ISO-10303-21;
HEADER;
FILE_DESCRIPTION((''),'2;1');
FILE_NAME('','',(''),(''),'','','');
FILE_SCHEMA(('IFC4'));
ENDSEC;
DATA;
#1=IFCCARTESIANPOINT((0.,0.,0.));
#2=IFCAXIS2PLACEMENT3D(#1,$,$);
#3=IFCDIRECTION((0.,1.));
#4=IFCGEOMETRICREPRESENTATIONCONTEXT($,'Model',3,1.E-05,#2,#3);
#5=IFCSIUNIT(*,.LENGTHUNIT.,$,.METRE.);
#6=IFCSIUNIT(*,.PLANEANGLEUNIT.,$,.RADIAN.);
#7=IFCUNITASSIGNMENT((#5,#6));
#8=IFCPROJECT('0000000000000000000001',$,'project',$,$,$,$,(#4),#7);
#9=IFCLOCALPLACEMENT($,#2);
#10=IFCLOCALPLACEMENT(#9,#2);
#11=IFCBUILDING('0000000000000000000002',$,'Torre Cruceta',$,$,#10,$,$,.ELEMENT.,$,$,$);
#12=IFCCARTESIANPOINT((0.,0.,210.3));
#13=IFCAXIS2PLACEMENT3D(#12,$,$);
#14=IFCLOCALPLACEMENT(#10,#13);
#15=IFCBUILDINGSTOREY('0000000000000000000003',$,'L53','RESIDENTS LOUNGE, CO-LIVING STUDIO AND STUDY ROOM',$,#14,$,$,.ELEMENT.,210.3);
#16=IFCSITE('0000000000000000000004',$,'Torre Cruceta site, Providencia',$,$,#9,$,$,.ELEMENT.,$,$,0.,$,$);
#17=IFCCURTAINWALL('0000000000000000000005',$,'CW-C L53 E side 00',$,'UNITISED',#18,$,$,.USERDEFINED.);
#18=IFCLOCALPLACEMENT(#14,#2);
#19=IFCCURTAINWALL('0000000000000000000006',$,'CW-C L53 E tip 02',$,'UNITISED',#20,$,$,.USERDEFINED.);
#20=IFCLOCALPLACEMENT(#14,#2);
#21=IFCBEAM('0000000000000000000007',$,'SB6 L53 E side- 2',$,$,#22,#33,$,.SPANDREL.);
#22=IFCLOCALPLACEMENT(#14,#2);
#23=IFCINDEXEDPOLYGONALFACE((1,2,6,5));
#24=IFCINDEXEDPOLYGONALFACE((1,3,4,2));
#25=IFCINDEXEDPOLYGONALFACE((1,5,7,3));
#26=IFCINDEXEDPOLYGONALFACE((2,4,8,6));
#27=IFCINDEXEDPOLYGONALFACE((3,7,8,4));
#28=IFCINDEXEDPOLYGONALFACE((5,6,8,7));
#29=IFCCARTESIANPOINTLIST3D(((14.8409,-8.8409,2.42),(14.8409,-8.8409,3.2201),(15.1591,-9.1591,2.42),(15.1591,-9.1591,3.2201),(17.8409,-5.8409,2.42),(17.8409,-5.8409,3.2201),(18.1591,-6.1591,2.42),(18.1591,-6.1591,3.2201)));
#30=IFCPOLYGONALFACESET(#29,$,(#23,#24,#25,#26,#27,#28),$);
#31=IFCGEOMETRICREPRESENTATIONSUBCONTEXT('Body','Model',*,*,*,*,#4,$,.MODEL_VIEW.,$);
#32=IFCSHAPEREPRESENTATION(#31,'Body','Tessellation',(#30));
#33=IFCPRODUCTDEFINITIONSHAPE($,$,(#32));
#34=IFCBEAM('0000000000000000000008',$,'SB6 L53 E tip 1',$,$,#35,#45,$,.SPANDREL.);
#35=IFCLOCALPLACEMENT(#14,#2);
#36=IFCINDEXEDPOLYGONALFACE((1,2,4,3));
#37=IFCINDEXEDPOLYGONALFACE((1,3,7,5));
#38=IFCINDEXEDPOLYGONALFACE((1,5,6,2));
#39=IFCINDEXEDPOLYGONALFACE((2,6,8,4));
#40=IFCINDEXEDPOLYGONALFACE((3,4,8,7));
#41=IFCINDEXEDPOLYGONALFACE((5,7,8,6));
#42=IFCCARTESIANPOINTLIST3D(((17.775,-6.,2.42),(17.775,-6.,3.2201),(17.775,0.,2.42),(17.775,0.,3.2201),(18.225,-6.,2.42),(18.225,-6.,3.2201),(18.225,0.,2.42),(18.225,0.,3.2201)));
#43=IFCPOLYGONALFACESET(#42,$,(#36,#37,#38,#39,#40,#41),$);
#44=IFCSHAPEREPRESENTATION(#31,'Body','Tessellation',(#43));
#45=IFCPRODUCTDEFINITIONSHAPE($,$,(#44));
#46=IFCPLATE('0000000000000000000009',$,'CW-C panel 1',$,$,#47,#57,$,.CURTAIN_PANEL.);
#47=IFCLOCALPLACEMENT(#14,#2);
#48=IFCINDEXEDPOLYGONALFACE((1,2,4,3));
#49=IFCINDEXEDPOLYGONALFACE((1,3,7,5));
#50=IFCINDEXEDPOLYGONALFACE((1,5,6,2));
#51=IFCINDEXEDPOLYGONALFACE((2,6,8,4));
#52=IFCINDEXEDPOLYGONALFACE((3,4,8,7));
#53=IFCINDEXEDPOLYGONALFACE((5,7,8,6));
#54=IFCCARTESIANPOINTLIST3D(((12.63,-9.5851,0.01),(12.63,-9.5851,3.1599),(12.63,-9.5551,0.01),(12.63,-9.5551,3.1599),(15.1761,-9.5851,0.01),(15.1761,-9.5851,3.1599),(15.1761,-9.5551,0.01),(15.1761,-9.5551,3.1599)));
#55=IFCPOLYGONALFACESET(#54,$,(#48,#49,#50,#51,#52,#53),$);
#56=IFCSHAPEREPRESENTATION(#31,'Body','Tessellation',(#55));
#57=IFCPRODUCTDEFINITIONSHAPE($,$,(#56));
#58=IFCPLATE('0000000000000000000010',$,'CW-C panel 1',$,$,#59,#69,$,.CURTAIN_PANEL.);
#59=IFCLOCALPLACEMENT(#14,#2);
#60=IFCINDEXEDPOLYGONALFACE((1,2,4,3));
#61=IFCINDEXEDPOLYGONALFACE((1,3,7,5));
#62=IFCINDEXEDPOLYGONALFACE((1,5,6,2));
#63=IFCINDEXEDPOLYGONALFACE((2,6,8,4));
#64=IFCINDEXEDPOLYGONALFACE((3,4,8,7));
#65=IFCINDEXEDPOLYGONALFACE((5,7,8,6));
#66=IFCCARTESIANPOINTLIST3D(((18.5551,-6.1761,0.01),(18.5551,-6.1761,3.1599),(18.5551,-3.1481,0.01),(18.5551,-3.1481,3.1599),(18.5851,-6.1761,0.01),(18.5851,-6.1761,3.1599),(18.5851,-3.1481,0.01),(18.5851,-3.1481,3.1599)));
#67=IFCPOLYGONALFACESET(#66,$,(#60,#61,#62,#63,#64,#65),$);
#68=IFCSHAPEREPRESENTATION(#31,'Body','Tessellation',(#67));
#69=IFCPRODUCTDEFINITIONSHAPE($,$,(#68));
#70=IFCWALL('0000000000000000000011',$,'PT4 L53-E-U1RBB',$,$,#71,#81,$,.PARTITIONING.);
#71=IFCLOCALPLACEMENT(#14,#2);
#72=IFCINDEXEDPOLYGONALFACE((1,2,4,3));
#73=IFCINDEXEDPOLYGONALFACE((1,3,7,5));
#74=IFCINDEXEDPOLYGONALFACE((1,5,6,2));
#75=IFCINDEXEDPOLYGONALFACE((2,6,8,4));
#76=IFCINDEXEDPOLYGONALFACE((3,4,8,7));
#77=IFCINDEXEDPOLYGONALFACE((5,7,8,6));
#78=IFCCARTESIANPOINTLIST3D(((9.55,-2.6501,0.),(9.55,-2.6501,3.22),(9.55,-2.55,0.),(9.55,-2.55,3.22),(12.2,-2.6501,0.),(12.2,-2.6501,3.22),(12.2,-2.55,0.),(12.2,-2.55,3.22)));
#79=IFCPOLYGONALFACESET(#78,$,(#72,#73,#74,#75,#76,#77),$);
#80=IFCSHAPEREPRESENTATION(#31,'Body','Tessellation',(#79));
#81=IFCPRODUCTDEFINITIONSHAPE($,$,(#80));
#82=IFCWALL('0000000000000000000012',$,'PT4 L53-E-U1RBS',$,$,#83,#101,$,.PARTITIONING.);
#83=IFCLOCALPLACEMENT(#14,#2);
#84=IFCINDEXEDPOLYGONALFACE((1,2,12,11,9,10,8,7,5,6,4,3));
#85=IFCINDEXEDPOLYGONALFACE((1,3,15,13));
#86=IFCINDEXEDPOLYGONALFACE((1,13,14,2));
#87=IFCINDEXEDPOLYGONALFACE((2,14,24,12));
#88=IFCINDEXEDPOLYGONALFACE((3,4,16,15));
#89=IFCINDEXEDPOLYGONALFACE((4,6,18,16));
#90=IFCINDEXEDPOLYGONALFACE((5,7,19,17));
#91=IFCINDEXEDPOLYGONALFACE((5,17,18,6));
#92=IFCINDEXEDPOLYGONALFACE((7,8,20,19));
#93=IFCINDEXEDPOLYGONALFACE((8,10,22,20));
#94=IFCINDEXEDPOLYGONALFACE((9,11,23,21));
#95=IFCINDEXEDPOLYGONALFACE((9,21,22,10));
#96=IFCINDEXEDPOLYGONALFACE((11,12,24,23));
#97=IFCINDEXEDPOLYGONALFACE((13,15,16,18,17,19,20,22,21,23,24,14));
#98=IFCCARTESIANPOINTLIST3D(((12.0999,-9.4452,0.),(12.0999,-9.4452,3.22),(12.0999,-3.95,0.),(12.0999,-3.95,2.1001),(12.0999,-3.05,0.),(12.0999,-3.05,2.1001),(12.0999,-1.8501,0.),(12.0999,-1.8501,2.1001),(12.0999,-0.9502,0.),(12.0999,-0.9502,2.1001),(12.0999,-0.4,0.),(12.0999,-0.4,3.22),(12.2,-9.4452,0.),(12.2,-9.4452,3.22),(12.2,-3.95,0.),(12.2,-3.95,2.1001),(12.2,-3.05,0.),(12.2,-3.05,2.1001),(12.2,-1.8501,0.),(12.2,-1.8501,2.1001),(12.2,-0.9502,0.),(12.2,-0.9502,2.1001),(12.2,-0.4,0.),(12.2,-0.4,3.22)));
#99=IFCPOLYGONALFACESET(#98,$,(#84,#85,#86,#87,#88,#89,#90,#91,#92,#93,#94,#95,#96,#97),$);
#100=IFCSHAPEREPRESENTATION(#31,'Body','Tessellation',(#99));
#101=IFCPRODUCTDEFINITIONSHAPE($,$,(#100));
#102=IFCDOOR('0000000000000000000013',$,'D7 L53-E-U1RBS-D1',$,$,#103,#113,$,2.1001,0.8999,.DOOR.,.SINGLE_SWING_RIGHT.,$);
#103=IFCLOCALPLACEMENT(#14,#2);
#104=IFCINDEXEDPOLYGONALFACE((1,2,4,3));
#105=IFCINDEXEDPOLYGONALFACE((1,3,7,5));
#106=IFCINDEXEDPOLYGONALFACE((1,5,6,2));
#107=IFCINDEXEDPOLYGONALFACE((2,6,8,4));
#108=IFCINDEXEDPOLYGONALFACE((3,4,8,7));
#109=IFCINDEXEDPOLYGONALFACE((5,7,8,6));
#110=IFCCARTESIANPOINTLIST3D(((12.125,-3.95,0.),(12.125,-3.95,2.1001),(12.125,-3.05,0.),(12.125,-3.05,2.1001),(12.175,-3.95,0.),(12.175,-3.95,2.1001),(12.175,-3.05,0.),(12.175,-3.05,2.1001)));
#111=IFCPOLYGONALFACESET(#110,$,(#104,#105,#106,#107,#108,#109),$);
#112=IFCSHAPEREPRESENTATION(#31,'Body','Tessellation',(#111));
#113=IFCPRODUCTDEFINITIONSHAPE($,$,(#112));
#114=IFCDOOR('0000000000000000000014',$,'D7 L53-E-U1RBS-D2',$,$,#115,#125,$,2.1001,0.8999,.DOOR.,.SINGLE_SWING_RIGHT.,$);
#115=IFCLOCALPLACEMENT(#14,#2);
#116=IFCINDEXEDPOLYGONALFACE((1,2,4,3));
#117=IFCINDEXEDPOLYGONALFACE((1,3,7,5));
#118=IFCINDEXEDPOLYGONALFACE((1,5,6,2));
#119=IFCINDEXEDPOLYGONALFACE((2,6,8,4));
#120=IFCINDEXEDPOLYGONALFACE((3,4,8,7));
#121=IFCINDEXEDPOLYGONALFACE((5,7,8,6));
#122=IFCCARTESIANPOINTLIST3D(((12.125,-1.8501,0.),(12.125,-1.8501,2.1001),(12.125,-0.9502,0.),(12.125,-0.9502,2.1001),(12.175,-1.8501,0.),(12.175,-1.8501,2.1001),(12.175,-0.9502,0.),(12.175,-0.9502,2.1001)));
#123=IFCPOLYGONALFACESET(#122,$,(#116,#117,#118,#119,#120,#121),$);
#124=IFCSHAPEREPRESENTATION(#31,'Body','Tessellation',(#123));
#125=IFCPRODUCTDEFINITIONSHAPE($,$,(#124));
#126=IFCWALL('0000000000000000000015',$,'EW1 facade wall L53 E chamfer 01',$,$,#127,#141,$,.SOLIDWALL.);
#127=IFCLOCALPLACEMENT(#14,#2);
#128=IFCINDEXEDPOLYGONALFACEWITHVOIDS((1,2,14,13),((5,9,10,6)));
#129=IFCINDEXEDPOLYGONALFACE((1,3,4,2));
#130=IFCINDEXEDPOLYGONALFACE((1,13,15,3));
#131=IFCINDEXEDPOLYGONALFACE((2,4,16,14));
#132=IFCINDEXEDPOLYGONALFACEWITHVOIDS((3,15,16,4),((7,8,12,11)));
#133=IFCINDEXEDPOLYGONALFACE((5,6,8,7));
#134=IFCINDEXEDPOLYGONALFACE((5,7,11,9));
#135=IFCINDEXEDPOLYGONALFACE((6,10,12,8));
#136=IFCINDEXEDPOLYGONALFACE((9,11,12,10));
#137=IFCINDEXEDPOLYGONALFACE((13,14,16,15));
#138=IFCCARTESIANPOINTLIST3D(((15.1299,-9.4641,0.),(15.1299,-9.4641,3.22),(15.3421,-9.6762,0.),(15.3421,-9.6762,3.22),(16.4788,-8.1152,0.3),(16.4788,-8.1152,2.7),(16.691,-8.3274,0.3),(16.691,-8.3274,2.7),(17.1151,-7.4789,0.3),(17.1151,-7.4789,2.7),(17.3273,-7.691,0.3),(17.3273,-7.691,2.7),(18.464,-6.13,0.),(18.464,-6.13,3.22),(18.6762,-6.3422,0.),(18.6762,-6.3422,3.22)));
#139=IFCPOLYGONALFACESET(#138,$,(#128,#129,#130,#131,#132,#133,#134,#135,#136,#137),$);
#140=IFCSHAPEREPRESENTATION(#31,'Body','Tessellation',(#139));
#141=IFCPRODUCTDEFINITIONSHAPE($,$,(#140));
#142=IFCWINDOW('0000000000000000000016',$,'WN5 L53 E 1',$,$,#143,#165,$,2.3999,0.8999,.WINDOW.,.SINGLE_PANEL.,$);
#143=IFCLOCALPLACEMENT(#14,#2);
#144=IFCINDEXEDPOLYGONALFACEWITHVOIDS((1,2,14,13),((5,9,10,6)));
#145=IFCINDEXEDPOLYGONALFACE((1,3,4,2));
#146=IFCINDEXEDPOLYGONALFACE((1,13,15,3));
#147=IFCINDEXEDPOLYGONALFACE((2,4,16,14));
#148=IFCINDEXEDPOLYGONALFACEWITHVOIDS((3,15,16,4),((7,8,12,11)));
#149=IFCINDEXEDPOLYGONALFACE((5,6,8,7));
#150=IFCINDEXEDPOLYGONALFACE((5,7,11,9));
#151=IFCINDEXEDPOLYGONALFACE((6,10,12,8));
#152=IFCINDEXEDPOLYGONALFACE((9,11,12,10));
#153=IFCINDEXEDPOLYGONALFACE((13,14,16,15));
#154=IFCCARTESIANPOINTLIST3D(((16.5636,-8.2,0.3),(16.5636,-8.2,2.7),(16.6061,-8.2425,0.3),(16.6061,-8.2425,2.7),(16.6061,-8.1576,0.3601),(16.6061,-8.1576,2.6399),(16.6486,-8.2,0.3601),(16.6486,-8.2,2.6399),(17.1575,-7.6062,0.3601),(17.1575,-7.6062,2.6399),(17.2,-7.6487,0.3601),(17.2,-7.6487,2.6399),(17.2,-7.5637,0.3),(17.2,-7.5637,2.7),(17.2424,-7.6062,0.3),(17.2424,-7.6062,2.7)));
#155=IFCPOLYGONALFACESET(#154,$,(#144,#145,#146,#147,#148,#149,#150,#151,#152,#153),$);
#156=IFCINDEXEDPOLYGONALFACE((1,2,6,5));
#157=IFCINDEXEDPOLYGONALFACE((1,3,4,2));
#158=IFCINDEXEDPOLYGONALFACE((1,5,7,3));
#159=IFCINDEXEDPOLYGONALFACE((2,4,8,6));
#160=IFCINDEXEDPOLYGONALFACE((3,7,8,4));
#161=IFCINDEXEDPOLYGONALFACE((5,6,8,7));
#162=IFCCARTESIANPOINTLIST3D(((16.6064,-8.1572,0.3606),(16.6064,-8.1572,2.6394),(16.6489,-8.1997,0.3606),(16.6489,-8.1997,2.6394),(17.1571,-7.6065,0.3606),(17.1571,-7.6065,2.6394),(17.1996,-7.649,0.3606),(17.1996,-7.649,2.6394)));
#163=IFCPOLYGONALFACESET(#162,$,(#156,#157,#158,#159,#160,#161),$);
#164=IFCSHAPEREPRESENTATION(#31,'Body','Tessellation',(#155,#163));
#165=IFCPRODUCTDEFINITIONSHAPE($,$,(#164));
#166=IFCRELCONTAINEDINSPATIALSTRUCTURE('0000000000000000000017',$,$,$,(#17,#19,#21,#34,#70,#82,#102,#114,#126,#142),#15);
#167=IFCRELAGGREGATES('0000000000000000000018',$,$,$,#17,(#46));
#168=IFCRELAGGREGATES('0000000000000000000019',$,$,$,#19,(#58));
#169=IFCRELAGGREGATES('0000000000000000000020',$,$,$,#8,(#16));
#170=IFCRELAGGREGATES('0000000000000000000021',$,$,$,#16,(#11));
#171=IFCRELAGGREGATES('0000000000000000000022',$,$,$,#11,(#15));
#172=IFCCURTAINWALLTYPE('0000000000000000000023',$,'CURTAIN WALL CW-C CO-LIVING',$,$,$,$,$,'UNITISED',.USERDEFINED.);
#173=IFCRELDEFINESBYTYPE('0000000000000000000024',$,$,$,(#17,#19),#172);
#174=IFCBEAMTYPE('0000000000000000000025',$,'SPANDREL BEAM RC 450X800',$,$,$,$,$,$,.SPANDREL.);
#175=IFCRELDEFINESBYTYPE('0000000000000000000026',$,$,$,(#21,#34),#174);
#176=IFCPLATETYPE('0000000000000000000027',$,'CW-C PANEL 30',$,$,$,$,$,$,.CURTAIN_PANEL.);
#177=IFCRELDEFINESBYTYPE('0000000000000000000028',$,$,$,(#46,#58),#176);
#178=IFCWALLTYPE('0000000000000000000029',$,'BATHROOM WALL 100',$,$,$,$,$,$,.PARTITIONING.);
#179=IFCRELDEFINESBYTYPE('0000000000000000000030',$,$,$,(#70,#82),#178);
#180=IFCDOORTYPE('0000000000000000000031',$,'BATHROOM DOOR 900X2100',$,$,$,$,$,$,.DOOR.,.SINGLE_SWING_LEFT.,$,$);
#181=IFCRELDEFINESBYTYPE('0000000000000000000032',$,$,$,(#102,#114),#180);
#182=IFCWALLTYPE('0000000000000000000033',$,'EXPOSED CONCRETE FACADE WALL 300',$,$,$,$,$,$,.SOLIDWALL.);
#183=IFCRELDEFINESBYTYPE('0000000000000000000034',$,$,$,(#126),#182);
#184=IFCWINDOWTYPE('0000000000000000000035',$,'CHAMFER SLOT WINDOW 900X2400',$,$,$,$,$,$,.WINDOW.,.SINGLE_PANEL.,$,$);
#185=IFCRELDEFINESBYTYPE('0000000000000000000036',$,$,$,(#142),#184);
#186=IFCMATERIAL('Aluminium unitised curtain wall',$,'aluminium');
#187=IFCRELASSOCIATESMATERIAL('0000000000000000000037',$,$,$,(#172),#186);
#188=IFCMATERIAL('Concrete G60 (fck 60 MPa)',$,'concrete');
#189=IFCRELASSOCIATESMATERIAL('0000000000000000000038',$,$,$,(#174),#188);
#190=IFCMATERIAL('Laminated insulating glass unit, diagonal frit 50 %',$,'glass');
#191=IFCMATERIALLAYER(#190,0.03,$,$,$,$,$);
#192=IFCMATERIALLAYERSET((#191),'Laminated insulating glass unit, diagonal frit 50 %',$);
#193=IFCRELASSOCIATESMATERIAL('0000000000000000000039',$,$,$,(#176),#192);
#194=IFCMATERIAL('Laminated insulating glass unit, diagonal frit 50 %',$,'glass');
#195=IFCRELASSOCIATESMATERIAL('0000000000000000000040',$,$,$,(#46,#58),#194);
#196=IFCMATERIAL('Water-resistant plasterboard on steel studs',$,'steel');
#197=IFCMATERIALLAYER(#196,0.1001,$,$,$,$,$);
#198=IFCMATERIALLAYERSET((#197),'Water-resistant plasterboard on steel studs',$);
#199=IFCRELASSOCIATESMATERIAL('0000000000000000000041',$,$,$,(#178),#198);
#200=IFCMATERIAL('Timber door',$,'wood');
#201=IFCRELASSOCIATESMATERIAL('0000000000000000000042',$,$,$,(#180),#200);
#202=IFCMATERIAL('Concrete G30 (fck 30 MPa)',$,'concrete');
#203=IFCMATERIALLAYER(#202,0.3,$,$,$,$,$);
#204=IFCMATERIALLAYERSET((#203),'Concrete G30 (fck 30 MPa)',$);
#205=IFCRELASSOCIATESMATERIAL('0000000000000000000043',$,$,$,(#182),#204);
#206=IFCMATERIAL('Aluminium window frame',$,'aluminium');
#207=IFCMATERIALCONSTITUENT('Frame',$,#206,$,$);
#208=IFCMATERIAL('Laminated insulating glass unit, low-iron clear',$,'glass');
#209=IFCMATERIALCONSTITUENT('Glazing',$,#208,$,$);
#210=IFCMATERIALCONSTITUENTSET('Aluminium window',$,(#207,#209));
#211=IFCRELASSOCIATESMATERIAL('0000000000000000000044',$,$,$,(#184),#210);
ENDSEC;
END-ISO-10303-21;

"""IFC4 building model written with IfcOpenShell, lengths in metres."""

from ifc_helpers import new_model, si_unit, direction, frame, frame_2d, origin, origin_2d, place, context, subcontext, project, spatial, rectangle, hollow_rectangle, extrude, material, layer, layer_set, constituent, constituent_set, material_profile, profile_set, type_object, element, fill, aggregate, save


model = new_model("IFC4")

# Units and contexts
model_context = context("Model", 3, precision=1e-05, world=origin(), true_north=direction((0.0, 1.0)))
body_context = subcontext(model_context, "Body", "Model", "MODEL_VIEW")
ifc_project = project(units=[si_unit("LENGTHUNIT", "METRE"), si_unit("PLANEANGLEUNIT", "RADIAN")], contexts=[model_context])

# Site, building, storey
site_placement = place(None, origin())
site = spatial("IfcSite", under=ifc_project, at=site_placement, Name="Torre Cruceta site, Providencia", CompositionType="ELEMENT", RefElevation=0.0)
building_placement = place(site_placement, origin())
building = spatial("IfcBuilding", under=site, at=building_placement, Name="Torre Cruceta", CompositionType="ELEMENT")
storey_placement = place(building_placement, frame((0.0, 0.0, 210.3)))
storey = spatial("IfcBuildingStorey", under=building, at=storey_placement, Name="L53", Description="RESIDENTS LOUNGE, CO-LIVING STUDIO AND STUDY ROOM", CompositionType="ELEMENT", Elevation=210.3)

# Curtain walls
ifc_material_1 = material(Name="Aluminium unitised curtain wall", Category="aluminium")
curtain_wall_type = type_object("IfcCurtainWallType", Name="CURTAIN WALL CW-C CO-LIVING", ElementType="UNITISED", PredefinedType="USERDEFINED", material=ifc_material_1)
curtain_wall_1_placement = place(storey_placement, origin())
curtain_wall_1 = element("IfcCurtainWall", 1, at=curtain_wall_1_placement, inside=storey, type_object=curtain_wall_type, Name="CW-C L53 E side 00", ObjectType="UNITISED", PredefinedType="USERDEFINED")
curtain_wall_2_placement = place(storey_placement, origin())
curtain_wall_2 = element("IfcCurtainWall", 2, at=curtain_wall_2_placement, inside=storey, type_object=curtain_wall_type, Name="CW-C L53 E tip 02", ObjectType="UNITISED", PredefinedType="USERDEFINED")

# Beams
ifc_material_2 = material(Name="Concrete G60 (fck 60 MPa)", Category="concrete")
ifc_material_profile_1 = material_profile(ifc_material_2, rectangle(XDim=0.45, YDim=0.8, at=origin_2d()), Name="RC 450X800")
ifc_profile_set_1 = profile_set([ifc_material_profile_1], Name="Concrete G60 (fck 60 MPa)")
beam_type_1 = type_object("IfcBeamType", Name="SPANDREL BEAM RC 450X800", PredefinedType="SPANDREL", material=ifc_profile_set_1)
beam_1_placement = place(storey_placement, frame((15.0, -9.0, 2.8201), z_axis=(0.707107, 0.707107, 0.0), x_axis=(-0.707107, 0.707107, 0.0)))
element("IfcBeam", 3, at=beam_1_placement, inside=storey, type_object=beam_type_1, Name="SB6 L53 E side- 2", PredefinedType="SPANDREL", context=body_context, shape_type="SweptSolid", body=[
    extrude(rectangle(XDim=0.45, YDim=0.8, at=origin_2d()), origin(), (0.0, 0.0, 1.0), 4.2427),
])
beam_2_placement = place(storey_placement, frame((18.0, -6.0, 2.8201), z_axis=(0.0, 1.0, 0.0), x_axis=(-1.0, 0.0, 0.0)))
element("IfcBeam", 4, at=beam_2_placement, inside=storey, type_object=beam_type_1, Name="SB6 L53 E tip 1", PredefinedType="SPANDREL", context=body_context, shape_type="SweptSolid", body=[
    extrude(rectangle(XDim=0.45, YDim=0.8, at=origin_2d()), origin(), (0.0, 0.0, 1.0), 6.0),
])

# Plates
ifc_material_3 = material(Name="Laminated insulating glass unit, diagonal frit 50 %", Category="glass")
ifc_material_4 = material(Name="Laminated insulating glass unit, diagonal frit 50 %", Category="glass")
ifc_layer_1 = layer(ifc_material_4, 0.03)
ifc_layer_set_1 = layer_set([ifc_layer_1], Name="Laminated insulating glass unit, diagonal frit 50 %")
plate_type = type_object("IfcPlateType", Name="CW-C PANEL 30", PredefinedType="CURTAIN_PANEL", material=ifc_layer_set_1)
plate_1_placement = place(storey_placement, frame((13.9031, -9.5701, 0.01), z_axis=(0.0, 0.0, 1.0), x_axis=(1.0, 0.0, 0.0)))
plate_1 = element("IfcPlate", 5, at=plate_1_placement, type_object=plate_type, material=ifc_material_3, Name="CW-C panel 1", PredefinedType="CURTAIN_PANEL", context=body_context, shape_type="SweptSolid", body=[
    extrude(rectangle(XDim=2.5461, YDim=0.03, at=origin_2d()), origin(), (0.0, 0.0, 1.0), 3.1499),
])
aggregate(curtain_wall_1, [plate_1])
plate_2_placement = place(storey_placement, frame((18.5701, -4.6621, 0.01), z_axis=(0.0, 0.0, 1.0), x_axis=(0.0, 1.0, 0.0)))
plate_2 = element("IfcPlate", 6, at=plate_2_placement, type_object=plate_type, material=ifc_material_3, Name="CW-C panel 1", PredefinedType="CURTAIN_PANEL", context=body_context, shape_type="SweptSolid", body=[
    extrude(rectangle(XDim=3.0281, YDim=0.03, at=origin_2d()), origin(), (0.0, 0.0, 1.0), 3.1499),
])
aggregate(curtain_wall_2, [plate_2])

# Wall
ifc_material_5 = material(Name="Water-resistant plasterboard on steel studs", Category="steel")
ifc_layer_2 = layer(ifc_material_5, 0.1001)
ifc_layer_set_2 = layer_set([ifc_layer_2], Name="Water-resistant plasterboard on steel studs")
wall_type_1 = type_object("IfcWallType", Name="BATHROOM WALL 100", PredefinedType="PARTITIONING", material=ifc_layer_set_2)
wall_1_placement = place(storey_placement, frame((9.55, -2.6001, 0.0), z_axis=(0.0, 0.0, 1.0), x_axis=(1.0, 0.0, 0.0)))
element("IfcWall", 7, at=wall_1_placement, inside=storey, type_object=wall_type_1, Name="PT4 L53-E-U1RBB", PredefinedType="PARTITIONING", context=body_context, shape_type="SweptSolid", body=[
    extrude(rectangle(XDim=2.6499, YDim=0.1001, at=frame_2d((1.325, 0.0))), origin(), (0.0, 0.0, 1.0), 3.22),
])

# Wall, openings, doors
wall_2_placement = place(storey_placement, frame((12.1499, -9.4451, 0.0), z_axis=(0.0, 0.0, 1.0), x_axis=(0.0, 1.0, 0.0)))
wall_2 = element("IfcWall", 8, at=wall_2_placement, inside=storey, type_object=wall_type_1, Name="PT4 L53-E-U1RBS", PredefinedType="PARTITIONING", context=body_context, shape_type="SweptSolid", body=[
    extrude(rectangle(XDim=9.0452, YDim=0.1001, at=frame_2d((4.5225, 0.0))), origin(), (0.0, 0.0, 1.0), 3.22),
])
opening_1_placement = place(wall_2_placement, frame((5.4951, 0.0, 0.0)))
opening_1 = element("IfcOpeningElement", 9, at=opening_1_placement, cuts=wall_2, PredefinedType="OPENING", context=body_context, shape_type="SweptSolid", body=[
    extrude(rectangle(XDim=0.8999, YDim=2.1001, at=frame_2d((0.45, 1.05))), frame((0.0, 0.0601, 0.0), z_axis=(0.0, -1.0, 0.0), x_axis=(1.0, 0.0, 0.0)), (0.0, 0.0, 1.0), 0.1201),
])
opening_2_placement = place(wall_2_placement, frame((7.595, 0.0, 0.0)))
opening_2 = element("IfcOpeningElement", 10, at=opening_2_placement, cuts=wall_2, PredefinedType="OPENING", context=body_context, shape_type="SweptSolid", body=[
    extrude(rectangle(XDim=0.8999, YDim=2.1001, at=frame_2d((0.45, 1.05))), frame((0.0, 0.0601, 0.0), z_axis=(0.0, -1.0, 0.0), x_axis=(1.0, 0.0, 0.0)), (0.0, 0.0, 1.0), 0.1201),
])
ifc_material_6 = material(Name="Timber door", Category="wood")
door_type_1 = type_object("IfcDoorType", Name="BATHROOM DOOR 900X2100", OperationType="SINGLE_SWING_LEFT", PredefinedType="DOOR", material=ifc_material_6)
door_1_placement = place(opening_1_placement, origin())
door_1 = element("IfcDoor", 11, at=door_1_placement, inside=storey, type_object=door_type_1, Name="D7 L53-E-U1RBS-D1", OperationType="SINGLE_SWING_RIGHT", OverallHeight=2.1001, OverallWidth=0.8999, PredefinedType="DOOR", context=body_context, shape_type="SweptSolid", body=[
    extrude(rectangle(XDim=0.8999, YDim=2.1001, at=frame_2d((0.45, 1.05))), frame((0.0, 0.0249, 0.0), z_axis=(0.0, -1.0, 0.0), x_axis=(1.0, 0.0, 0.0)), (0.0, 0.0, 1.0), 0.05),
])
fill(opening_1, door_1)
door_2_placement = place(opening_2_placement, origin())
door_2 = element("IfcDoor", 12, at=door_2_placement, inside=storey, type_object=door_type_1, Name="D7 L53-E-U1RBS-D2", OperationType="SINGLE_SWING_RIGHT", OverallHeight=2.1001, OverallWidth=0.8999, PredefinedType="DOOR", context=body_context, shape_type="SweptSolid", body=[
    extrude(rectangle(XDim=0.8999, YDim=2.1001, at=frame_2d((0.45, 1.05))), frame((0.0, 0.0249, 0.0), z_axis=(0.0, -1.0, 0.0), x_axis=(1.0, 0.0, 0.0)), (0.0, 0.0, 1.0), 0.05),
])
fill(opening_2, door_2)

# Wall, opening, window
ifc_material_7 = material(Name="Concrete G30 (fck 30 MPa)", Category="concrete")
ifc_layer_3 = layer(ifc_material_7, 0.3)
ifc_layer_set_3 = layer_set([ifc_layer_3], Name="Concrete G30 (fck 30 MPa)")
wall_type_2 = type_object("IfcWallType", Name="EXPOSED CONCRETE FACADE WALL 300", PredefinedType="SOLIDWALL", material=ifc_layer_set_3)
wall_3_placement = place(storey_placement, frame((15.2361, -9.5701, 0.0), z_axis=(0.0, 0.0, 1.0), x_axis=(0.707107, 0.707107, 0.0)))
wall_3 = element("IfcWall", 13, at=wall_3_placement, inside=storey, type_object=wall_type_2, Name="EW1 facade wall L53 E chamfer 01", PredefinedType="SOLIDWALL", context=body_context, shape_type="SweptSolid", body=[
    extrude(rectangle(XDim=4.7151, YDim=0.3, at=frame_2d((2.3574, 0.0))), origin(), (0.0, 0.0, 1.0), 3.22),
])
opening_3_placement = place(wall_3_placement, frame((1.9075, 0.0, 0.3)))
opening_3 = element("IfcOpeningElement", 14, at=opening_3_placement, cuts=wall_3, PredefinedType="OPENING", context=body_context, shape_type="SweptSolid", body=[
    extrude(rectangle(XDim=0.8999, YDim=2.3999, at=frame_2d((0.45, 1.2))), frame((0.0, 0.1599, 0.0), z_axis=(0.0, -1.0, 0.0), x_axis=(1.0, 0.0, 0.0)), (0.0, 0.0, 1.0), 0.3201),
])
ifc_material_8 = material(Name="Aluminium window frame", Category="aluminium")
ifc_constituent_1 = constituent(ifc_material_8, Name="Frame")
ifc_material_9 = material(Name="Laminated insulating glass unit, low-iron clear", Category="glass")
ifc_constituent_2 = constituent(ifc_material_9, Name="Glazing")
ifc_constituent_set_1 = constituent_set(constituents=[ifc_constituent_1, ifc_constituent_2], Name="Aluminium window")
window_type = type_object("IfcWindowType", Name="CHAMFER SLOT WINDOW 900X2400", PartitioningType="SINGLE_PANEL", PredefinedType="WINDOW", material=ifc_constituent_set_1)
window_placement = place(opening_3_placement, origin())
window = element("IfcWindow", 15, at=window_placement, inside=storey, type_object=window_type, Name="WN5 L53 E 1", OverallHeight=2.3999, OverallWidth=0.8999, PartitioningType="SINGLE_PANEL", PredefinedType="WINDOW", context=body_context, shape_type="SweptSolid", body=[
    extrude(hollow_rectangle(XDim=0.8999, YDim=2.3999, WallThickness=0.0601, at=frame_2d((0.45, 1.2))), frame((0.0, 0.03, 0.0), z_axis=(0.0, -1.0, 0.0), x_axis=(1.0, 0.0, 0.0)), (0.0, 0.0, 1.0), 0.0601),
    extrude(rectangle(XDim=0.7788, YDim=2.2788, at=frame_2d((0.45, 1.2))), frame((0.0, 0.03, 0.0), z_axis=(0.0, -1.0, 0.0), x_axis=(1.0, 0.0, 0.0)), (0.0, 0.0, 1.0), 0.0601),
])
fill(opening_3, window)

save(model, "model.ifc")
